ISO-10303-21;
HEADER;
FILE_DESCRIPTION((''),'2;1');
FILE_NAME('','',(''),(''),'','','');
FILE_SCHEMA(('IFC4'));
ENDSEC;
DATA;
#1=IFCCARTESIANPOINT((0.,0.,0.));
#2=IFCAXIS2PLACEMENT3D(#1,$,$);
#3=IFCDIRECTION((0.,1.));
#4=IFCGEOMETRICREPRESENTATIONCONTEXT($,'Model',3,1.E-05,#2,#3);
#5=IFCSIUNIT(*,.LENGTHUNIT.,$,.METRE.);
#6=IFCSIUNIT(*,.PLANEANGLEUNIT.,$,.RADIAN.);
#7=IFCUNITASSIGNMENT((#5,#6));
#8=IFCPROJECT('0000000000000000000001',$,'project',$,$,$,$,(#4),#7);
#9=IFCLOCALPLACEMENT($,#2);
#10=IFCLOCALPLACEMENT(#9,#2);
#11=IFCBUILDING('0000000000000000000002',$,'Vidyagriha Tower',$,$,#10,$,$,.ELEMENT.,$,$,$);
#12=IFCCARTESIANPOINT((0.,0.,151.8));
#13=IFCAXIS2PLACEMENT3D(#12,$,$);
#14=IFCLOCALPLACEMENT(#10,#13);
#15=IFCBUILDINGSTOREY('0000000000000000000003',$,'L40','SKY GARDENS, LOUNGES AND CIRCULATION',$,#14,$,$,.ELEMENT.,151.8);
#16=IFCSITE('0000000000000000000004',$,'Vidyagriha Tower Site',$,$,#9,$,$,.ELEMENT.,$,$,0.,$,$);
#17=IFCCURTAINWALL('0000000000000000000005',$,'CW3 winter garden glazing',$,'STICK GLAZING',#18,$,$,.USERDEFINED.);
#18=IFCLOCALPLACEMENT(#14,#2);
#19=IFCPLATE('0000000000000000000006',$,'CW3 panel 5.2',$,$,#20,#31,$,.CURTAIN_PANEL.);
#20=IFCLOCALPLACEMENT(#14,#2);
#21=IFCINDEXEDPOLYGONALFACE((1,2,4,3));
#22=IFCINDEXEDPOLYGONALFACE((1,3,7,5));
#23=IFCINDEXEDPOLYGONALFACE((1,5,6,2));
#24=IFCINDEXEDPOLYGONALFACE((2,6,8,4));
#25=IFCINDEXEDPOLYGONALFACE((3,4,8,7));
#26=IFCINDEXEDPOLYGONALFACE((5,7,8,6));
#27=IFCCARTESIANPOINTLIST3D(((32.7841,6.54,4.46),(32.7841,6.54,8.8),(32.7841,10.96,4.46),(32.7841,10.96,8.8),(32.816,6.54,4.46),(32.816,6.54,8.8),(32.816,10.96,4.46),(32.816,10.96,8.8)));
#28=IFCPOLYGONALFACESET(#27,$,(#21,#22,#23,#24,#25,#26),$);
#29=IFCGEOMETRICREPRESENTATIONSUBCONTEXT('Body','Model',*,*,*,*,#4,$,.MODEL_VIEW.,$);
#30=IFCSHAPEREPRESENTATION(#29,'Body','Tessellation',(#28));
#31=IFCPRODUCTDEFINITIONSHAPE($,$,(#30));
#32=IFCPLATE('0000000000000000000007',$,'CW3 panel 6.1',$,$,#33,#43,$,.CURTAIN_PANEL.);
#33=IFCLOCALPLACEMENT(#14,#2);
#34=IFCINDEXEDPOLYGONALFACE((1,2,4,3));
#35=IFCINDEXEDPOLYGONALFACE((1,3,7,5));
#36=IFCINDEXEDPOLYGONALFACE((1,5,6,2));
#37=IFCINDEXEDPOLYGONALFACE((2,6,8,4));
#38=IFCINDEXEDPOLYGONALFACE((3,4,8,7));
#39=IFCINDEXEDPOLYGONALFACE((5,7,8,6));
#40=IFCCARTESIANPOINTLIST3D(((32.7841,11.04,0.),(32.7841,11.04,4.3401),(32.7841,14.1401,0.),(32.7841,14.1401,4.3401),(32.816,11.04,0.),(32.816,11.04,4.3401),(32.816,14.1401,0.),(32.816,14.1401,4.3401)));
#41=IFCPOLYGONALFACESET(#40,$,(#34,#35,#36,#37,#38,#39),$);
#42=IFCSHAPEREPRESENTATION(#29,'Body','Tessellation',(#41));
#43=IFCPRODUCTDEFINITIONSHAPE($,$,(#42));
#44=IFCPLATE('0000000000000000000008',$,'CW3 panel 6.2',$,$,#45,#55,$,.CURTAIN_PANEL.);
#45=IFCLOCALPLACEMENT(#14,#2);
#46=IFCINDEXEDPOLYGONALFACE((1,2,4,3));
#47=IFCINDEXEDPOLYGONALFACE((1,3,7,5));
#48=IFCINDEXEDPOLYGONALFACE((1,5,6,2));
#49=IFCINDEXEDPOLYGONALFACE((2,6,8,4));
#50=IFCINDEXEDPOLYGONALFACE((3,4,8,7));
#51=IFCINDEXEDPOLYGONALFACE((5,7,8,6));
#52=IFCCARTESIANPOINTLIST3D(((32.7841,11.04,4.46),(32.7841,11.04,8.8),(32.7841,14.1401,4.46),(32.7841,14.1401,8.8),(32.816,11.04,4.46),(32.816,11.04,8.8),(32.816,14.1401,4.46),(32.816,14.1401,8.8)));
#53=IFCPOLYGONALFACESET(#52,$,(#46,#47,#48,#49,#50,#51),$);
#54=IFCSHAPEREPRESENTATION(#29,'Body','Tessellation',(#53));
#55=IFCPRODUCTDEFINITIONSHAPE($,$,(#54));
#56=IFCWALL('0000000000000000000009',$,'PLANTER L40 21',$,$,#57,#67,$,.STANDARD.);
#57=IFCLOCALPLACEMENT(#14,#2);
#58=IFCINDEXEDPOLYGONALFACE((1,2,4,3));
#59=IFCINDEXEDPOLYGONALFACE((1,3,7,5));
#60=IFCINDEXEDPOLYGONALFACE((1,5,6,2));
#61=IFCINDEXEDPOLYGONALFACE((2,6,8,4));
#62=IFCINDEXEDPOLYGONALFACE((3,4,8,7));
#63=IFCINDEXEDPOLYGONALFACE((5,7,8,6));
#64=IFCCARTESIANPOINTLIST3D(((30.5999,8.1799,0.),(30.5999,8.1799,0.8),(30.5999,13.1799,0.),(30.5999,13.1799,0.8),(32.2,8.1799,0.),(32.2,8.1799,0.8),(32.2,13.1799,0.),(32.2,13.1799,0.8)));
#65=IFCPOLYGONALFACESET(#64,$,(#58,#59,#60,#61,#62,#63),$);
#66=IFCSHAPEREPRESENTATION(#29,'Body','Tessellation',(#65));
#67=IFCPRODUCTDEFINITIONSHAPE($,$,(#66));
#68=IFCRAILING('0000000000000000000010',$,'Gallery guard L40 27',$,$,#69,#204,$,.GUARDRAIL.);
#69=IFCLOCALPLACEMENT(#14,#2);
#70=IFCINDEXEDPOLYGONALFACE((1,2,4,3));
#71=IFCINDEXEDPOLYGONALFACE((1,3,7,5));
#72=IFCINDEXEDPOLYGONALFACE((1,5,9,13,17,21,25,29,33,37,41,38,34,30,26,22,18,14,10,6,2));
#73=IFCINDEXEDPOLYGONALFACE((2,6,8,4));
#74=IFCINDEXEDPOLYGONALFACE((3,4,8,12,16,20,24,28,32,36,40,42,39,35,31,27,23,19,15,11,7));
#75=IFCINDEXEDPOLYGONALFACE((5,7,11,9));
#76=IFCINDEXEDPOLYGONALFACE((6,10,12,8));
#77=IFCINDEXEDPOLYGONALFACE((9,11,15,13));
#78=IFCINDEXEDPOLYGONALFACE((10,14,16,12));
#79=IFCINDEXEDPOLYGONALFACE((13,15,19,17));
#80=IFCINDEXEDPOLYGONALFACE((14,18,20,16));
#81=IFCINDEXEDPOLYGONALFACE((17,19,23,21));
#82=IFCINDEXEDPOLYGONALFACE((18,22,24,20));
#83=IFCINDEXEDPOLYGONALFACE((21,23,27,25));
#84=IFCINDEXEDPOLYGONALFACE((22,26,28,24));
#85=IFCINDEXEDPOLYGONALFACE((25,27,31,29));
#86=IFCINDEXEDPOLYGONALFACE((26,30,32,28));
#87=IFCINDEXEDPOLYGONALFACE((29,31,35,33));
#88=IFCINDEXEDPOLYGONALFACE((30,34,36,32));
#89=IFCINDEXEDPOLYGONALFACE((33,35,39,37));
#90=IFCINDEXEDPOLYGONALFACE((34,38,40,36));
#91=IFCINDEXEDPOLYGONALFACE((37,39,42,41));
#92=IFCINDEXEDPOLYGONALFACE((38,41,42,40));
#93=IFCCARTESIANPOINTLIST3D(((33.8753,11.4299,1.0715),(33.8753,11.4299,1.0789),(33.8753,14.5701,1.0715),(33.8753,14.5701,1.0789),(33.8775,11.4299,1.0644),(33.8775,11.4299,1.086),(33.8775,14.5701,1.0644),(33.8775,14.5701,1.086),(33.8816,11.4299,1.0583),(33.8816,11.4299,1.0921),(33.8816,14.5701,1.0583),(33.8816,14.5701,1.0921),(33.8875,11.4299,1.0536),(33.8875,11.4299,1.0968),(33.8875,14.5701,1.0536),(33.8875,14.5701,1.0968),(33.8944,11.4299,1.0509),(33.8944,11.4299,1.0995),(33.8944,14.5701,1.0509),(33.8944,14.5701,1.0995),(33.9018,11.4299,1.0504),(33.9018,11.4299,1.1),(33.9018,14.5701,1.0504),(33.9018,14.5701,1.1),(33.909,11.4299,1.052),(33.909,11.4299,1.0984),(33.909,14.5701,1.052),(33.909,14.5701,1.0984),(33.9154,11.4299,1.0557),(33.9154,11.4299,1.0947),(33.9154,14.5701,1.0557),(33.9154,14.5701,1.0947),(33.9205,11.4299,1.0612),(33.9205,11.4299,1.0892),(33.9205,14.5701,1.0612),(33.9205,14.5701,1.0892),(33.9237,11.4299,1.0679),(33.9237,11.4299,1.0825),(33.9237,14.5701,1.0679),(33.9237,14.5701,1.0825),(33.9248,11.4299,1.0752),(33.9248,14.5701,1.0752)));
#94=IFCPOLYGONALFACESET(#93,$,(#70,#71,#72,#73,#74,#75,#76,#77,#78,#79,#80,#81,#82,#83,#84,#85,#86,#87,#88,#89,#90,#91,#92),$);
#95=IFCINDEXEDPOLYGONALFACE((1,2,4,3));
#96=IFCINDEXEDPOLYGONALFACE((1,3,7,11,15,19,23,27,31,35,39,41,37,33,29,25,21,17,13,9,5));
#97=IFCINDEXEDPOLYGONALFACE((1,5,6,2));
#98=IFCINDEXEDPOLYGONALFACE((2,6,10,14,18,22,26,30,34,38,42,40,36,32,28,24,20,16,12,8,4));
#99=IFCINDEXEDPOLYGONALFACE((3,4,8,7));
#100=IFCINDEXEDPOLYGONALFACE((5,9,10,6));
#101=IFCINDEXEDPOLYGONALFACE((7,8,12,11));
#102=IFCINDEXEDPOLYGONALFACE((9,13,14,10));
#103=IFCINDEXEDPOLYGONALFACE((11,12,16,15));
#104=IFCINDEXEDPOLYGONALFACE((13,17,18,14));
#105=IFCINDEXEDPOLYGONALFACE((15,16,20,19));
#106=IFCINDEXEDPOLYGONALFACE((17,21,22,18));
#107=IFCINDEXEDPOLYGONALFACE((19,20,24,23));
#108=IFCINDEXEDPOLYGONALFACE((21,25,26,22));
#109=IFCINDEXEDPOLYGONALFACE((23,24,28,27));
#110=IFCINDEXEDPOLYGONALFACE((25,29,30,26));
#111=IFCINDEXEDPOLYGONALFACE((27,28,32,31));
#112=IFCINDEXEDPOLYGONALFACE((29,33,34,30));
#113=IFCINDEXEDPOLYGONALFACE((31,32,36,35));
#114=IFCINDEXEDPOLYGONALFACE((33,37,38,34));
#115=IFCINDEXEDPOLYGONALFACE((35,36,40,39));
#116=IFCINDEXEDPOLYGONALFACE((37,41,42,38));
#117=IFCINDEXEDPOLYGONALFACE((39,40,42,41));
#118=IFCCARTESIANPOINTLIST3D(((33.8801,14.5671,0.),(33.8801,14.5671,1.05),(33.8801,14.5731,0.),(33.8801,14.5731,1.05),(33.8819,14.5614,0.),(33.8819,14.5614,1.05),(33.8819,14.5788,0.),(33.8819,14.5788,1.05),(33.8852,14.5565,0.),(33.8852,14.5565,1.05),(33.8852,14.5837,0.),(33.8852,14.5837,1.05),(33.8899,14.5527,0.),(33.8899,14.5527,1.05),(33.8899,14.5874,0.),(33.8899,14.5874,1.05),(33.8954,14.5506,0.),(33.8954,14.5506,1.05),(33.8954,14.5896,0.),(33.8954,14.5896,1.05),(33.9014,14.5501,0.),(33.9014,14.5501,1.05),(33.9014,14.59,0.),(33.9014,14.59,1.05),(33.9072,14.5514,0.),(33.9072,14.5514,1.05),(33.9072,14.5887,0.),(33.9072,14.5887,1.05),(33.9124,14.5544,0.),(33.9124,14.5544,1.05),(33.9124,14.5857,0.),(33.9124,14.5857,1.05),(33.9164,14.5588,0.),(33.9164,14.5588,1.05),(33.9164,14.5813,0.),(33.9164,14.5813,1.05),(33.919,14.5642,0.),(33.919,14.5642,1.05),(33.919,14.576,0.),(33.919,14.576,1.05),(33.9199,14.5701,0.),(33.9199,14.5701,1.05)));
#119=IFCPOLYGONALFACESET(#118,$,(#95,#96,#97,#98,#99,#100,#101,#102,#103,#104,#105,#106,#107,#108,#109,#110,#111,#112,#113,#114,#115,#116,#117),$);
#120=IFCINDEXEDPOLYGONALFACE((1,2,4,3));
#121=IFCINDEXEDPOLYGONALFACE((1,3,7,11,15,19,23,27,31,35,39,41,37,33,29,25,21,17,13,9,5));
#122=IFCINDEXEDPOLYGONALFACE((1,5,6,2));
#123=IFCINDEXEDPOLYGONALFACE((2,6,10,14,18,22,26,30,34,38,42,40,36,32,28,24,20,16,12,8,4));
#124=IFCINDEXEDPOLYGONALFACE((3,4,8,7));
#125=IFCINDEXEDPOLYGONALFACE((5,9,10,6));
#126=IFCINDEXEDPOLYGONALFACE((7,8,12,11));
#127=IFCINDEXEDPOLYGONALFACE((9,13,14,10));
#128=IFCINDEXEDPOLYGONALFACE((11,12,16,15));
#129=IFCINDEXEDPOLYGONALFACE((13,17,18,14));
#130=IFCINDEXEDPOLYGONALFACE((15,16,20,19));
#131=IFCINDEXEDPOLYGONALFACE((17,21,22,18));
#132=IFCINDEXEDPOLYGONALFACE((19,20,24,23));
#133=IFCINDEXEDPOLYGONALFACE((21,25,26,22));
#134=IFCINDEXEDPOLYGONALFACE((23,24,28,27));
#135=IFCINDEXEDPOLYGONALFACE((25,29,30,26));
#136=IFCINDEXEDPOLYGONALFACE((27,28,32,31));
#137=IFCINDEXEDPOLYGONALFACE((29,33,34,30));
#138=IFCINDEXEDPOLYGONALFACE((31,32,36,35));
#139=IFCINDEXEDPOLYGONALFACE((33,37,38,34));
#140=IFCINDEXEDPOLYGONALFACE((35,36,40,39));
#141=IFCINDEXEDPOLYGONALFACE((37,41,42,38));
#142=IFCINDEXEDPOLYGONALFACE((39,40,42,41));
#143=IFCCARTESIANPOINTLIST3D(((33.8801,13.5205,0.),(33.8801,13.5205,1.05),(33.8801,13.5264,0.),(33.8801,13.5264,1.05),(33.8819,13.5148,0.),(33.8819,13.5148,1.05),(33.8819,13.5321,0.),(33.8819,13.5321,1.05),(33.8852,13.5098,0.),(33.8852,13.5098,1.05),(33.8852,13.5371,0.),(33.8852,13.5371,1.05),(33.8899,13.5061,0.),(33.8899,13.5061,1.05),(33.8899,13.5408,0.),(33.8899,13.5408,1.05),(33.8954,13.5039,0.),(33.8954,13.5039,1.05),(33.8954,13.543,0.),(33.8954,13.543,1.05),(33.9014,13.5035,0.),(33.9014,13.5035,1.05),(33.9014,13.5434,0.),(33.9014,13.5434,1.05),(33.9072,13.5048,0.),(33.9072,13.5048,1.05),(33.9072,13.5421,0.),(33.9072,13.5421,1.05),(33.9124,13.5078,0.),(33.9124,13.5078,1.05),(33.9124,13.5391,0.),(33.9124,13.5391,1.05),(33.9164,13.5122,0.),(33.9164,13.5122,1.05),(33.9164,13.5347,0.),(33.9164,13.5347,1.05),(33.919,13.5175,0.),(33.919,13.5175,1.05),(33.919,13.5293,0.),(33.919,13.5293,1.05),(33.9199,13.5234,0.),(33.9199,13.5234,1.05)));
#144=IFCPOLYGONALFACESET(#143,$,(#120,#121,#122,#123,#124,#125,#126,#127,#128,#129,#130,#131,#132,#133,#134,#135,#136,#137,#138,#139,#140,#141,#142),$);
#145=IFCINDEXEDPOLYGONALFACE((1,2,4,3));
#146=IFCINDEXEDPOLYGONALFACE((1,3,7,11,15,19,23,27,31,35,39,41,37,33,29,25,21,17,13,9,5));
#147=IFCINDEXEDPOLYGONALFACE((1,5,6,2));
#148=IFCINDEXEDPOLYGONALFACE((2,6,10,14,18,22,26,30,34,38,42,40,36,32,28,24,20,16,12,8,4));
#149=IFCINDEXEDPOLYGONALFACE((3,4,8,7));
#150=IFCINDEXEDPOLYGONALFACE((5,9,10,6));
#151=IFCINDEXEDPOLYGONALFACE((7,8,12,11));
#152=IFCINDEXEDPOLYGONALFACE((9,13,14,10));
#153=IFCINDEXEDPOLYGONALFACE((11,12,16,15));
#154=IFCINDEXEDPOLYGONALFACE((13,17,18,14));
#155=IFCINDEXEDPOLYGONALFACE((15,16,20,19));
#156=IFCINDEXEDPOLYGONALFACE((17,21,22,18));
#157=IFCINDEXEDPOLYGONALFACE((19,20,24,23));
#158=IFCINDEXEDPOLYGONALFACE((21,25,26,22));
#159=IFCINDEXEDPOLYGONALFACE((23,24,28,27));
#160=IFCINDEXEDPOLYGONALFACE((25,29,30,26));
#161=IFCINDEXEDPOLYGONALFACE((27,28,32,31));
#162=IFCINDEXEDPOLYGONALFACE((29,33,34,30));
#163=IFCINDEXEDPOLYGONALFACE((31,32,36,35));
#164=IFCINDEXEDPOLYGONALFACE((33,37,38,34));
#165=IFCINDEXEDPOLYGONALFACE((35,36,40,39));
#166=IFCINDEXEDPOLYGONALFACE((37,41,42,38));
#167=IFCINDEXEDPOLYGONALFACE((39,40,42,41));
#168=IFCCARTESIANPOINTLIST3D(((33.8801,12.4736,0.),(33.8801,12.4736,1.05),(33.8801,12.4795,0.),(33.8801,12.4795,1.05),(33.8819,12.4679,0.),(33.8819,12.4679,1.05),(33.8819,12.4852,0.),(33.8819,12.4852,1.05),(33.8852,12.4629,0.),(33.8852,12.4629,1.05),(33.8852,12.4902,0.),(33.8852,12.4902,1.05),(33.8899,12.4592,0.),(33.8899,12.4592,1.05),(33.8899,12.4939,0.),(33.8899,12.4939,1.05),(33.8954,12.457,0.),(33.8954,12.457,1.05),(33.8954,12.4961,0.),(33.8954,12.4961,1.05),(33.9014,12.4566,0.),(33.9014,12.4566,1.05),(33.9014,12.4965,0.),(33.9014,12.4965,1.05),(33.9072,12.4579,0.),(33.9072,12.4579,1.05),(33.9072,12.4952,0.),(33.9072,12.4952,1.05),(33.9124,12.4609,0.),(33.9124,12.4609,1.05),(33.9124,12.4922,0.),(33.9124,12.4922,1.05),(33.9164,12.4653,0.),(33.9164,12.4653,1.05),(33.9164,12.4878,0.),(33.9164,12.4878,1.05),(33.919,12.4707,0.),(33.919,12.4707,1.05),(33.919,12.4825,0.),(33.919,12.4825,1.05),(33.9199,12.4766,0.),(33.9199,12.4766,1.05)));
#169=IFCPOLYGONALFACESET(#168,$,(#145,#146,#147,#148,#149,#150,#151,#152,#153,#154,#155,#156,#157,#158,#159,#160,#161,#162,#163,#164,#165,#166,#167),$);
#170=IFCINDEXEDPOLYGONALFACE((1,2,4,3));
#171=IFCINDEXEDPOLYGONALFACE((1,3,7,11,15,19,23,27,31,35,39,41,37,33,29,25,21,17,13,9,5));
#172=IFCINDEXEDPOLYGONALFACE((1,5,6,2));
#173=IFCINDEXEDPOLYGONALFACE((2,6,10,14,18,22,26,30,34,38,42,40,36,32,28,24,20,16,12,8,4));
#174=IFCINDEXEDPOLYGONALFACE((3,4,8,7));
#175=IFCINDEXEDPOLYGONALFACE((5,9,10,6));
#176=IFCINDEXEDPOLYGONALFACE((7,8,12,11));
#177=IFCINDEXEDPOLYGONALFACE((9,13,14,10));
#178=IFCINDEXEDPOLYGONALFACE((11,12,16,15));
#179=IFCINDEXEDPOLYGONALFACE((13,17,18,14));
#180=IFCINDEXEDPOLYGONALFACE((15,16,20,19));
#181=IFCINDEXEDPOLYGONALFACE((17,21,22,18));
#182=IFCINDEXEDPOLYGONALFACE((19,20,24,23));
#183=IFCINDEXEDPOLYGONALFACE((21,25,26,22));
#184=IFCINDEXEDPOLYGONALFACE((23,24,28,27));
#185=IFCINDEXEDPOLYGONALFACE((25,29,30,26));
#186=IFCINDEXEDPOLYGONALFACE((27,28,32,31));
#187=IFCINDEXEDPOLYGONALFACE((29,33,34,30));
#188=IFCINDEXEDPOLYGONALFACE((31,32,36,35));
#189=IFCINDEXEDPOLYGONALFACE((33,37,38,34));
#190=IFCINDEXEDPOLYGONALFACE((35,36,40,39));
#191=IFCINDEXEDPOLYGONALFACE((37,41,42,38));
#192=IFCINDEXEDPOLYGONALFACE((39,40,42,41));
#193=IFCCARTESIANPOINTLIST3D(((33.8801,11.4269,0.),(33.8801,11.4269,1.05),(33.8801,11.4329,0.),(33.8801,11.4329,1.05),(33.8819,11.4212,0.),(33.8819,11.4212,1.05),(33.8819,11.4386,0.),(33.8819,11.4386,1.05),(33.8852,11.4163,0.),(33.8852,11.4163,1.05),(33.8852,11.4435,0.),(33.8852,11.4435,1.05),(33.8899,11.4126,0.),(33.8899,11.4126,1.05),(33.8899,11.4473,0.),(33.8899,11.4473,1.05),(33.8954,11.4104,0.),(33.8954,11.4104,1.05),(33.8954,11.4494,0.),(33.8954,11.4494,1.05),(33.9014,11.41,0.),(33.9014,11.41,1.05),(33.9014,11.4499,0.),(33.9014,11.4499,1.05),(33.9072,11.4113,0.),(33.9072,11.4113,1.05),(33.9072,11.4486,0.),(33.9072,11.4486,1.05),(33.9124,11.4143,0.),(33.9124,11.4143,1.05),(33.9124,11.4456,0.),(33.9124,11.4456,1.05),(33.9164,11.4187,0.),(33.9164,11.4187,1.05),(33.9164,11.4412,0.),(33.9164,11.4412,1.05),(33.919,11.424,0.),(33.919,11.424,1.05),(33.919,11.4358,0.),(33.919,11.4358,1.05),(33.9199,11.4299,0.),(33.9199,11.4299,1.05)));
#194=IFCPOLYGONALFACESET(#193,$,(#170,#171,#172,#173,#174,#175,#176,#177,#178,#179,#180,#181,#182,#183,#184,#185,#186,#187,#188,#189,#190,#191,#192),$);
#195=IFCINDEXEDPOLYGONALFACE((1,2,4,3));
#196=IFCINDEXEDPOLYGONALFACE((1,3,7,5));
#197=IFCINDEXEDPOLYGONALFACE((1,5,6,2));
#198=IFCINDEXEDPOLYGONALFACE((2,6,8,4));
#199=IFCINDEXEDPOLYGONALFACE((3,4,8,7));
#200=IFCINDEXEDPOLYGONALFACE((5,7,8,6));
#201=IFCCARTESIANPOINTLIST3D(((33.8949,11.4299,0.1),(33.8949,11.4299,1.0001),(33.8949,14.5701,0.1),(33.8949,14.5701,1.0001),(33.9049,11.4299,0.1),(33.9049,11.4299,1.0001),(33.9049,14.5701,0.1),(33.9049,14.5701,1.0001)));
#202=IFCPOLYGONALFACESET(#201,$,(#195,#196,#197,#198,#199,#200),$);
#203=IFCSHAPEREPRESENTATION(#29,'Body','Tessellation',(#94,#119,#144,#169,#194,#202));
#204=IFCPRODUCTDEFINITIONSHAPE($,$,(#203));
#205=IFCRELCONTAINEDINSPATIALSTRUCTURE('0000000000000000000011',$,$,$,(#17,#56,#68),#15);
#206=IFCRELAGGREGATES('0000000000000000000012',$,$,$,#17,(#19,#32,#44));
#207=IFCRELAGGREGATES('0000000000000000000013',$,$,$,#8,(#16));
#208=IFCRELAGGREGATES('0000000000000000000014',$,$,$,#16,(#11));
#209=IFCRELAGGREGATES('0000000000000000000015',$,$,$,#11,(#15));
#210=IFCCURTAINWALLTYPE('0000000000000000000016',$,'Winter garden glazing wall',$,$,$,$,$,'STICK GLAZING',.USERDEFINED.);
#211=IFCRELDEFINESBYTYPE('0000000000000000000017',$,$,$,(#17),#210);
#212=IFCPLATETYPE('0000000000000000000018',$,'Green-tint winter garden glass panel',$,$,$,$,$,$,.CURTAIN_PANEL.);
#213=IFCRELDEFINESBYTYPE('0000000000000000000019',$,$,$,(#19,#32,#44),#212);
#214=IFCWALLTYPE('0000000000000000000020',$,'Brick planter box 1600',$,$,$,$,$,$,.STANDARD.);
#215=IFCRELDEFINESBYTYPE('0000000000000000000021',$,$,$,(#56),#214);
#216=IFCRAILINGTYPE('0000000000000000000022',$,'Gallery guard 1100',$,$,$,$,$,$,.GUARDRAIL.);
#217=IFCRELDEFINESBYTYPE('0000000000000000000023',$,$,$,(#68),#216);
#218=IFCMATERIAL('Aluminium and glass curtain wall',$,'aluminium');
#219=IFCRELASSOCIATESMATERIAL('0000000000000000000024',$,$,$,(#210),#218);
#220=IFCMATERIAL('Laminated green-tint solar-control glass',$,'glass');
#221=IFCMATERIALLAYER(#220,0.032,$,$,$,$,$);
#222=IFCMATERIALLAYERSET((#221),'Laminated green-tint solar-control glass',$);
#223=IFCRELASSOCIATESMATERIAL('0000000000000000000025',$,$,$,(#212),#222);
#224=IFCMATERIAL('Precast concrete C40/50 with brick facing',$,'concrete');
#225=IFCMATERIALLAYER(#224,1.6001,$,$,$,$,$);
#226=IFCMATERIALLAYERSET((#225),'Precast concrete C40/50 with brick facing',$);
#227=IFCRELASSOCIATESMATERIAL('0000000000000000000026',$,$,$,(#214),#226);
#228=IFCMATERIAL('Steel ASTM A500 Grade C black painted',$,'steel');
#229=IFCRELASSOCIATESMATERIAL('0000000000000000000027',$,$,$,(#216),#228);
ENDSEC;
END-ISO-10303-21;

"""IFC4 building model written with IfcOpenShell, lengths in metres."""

from ifc_helpers import new_model, si_unit, direction, frame, frame_2d, origin, origin_2d, place, context, subcontext, project, spatial, rectangle, circle, extrude, material, layer, layer_set, type_object, element, aggregate, save


model = new_model("IFC4")

# Units and contexts
model_context = context("Model", 3, precision=1e-05, world=origin(), true_north=direction((0.0, 1.0)))
body_context = subcontext(model_context, "Body", "Model", "MODEL_VIEW")
ifc_project = project(units=[si_unit("LENGTHUNIT", "METRE"), si_unit("PLANEANGLEUNIT", "RADIAN")], contexts=[model_context])

# Site, building, storey
site_placement = place(None, origin())
site = spatial("IfcSite", under=ifc_project, at=site_placement, Name="Vidyagriha Tower Site", CompositionType="ELEMENT", RefElevation=0.0)
building_placement = place(site_placement, origin())
building = spatial("IfcBuilding", under=site, at=building_placement, Name="Vidyagriha Tower", CompositionType="ELEMENT")
storey_placement = place(building_placement, frame((0.0, 0.0, 151.8)))
storey = spatial("IfcBuildingStorey", under=building, at=storey_placement, Name="L40", Description="SKY GARDENS, LOUNGES AND CIRCULATION", CompositionType="ELEMENT", Elevation=151.8)

# Shared definitions
ifc_material_1 = material(Name="Aluminium and glass curtain wall", Category="aluminium")
curtain_wall_type = type_object("IfcCurtainWallType", Name="Winter garden glazing wall", ElementType="STICK GLAZING", PredefinedType="USERDEFINED", material=ifc_material_1)

# Curtain wall
curtain_wall_1_placement = place(storey_placement, origin())
curtain_wall_1 = element("IfcCurtainWall", 1, at=curtain_wall_1_placement, inside=storey, type_object=curtain_wall_type, Name="CW3 winter garden glazing", ObjectType="STICK GLAZING", PredefinedType="USERDEFINED")

# Plates
ifc_material_2 = material(Name="Laminated green-tint solar-control glass", Category="glass")
ifc_layer_1 = layer(ifc_material_2, 0.032)
ifc_layer_set_1 = layer_set([ifc_layer_1], Name="Laminated green-tint solar-control glass")
plate_type = type_object("IfcPlateType", Name="Green-tint winter garden glass panel", PredefinedType="CURTAIN_PANEL", material=ifc_layer_set_1)
plate_1_placement = place(storey_placement, frame((32.8, 8.75, 4.46), z_axis=(0.0, 0.0, 1.0), x_axis=(0.0, 1.0, 0.0)))
plate_1 = element("IfcPlate", 2, at=plate_1_placement, type_object=plate_type, Name="CW3 panel 5.2", PredefinedType="CURTAIN_PANEL", context=body_context, shape_type="SweptSolid", body=[
    extrude(rectangle(XDim=4.4199, YDim=0.032, at=origin_2d()), origin(), (0.0, 0.0, 1.0), 4.3401),
])
plate_2_placement = place(storey_placement, frame((32.8, 12.5901, 0.0), z_axis=(0.0, 0.0, 1.0), x_axis=(0.0, 1.0, 0.0)))
plate_2 = element("IfcPlate", 3, at=plate_2_placement, type_object=plate_type, Name="CW3 panel 6.1", PredefinedType="CURTAIN_PANEL", context=body_context, shape_type="SweptSolid", body=[
    extrude(rectangle(XDim=3.1001, YDim=0.032, at=origin_2d()), origin(), (0.0, 0.0, 1.0), 4.3401),
])
plate_3_placement = place(storey_placement, frame((32.8, 12.5901, 4.46), z_axis=(0.0, 0.0, 1.0), x_axis=(0.0, 1.0, 0.0)))
plate_3 = element("IfcPlate", 4, at=plate_3_placement, type_object=plate_type, Name="CW3 panel 6.2", PredefinedType="CURTAIN_PANEL", context=body_context, shape_type="SweptSolid", body=[
    extrude(rectangle(XDim=3.1001, YDim=0.032, at=origin_2d()), origin(), (0.0, 0.0, 1.0), 4.3401),
])
aggregate(curtain_wall_1, [plate_1, plate_2, plate_3])

# Wall
ifc_material_3 = material(Name="Precast concrete C40/50 with brick facing", Category="concrete")
ifc_layer_2 = layer(ifc_material_3, 1.6001)
ifc_layer_set_2 = layer_set([ifc_layer_2], Name="Precast concrete C40/50 with brick facing")
wall_type = type_object("IfcWallType", Name="Brick planter box 1600", PredefinedType="STANDARD", material=ifc_layer_set_2)
wall_placement = place(storey_placement, frame((31.3999, 8.1799, 0.0), z_axis=(0.0, 0.0, 1.0), x_axis=(0.0, 1.0, 0.0)))
element("IfcWall", 5, at=wall_placement, inside=storey, type_object=wall_type, Name="PLANTER L40 21", PredefinedType="STANDARD", context=body_context, shape_type="SweptSolid", body=[
    extrude(rectangle(XDim=5.0, YDim=1.6001, at=frame_2d((2.5, 0.0))), origin(), (0.0, 0.0, 1.0), 0.8),
])

# Railing
ifc_material_4 = material(Name="Steel ASTM A500 Grade C black painted", Category="steel")
railing_type = type_object("IfcRailingType", Name="Gallery guard 1100", PredefinedType="GUARDRAIL", material=ifc_material_4)
railing_1_placement = place(storey_placement, frame((33.8999, 14.5701, 0.0)))
element("IfcRailing", 6, at=railing_1_placement, inside=storey, type_object=railing_type, Name="Gallery guard L40 27", PredefinedType="GUARDRAIL", context=body_context, shape_type="SweptSolid", body=[
    extrude(circle(Radius=0.0249, at=origin_2d()), frame((0.0, 0.0, 1.0752), z_axis=(0.0, -1.0, 0.0), x_axis=(1.0, 0.0, 0.0)), (0.0, 0.0, 1.0), 3.1401),
    extrude(circle(Radius=0.02, at=origin_2d()), origin(), (0.0, 0.0, 1.0), 1.05),
    extrude(circle(Radius=0.02, at=origin_2d()), frame((0.0, -1.0466, 0.0)), (0.0, 0.0, 1.0), 1.05),
    extrude(circle(Radius=0.02, at=origin_2d()), frame((0.0, -2.0935, 0.0)), (0.0, 0.0, 1.0), 1.05),
    extrude(circle(Radius=0.02, at=origin_2d()), frame((0.0, -3.1401, 0.0)), (0.0, 0.0, 1.0), 1.05),
    extrude(rectangle(XDim=0.01, YDim=0.9001, at=origin_2d()), frame((0.0, 0.0, 0.55), z_axis=(0.0, -1.0, 0.0), x_axis=(1.0, 0.0, 0.0)), (0.0, 0.0, 1.0), 3.1401),
])

save(model, "model.ifc")
